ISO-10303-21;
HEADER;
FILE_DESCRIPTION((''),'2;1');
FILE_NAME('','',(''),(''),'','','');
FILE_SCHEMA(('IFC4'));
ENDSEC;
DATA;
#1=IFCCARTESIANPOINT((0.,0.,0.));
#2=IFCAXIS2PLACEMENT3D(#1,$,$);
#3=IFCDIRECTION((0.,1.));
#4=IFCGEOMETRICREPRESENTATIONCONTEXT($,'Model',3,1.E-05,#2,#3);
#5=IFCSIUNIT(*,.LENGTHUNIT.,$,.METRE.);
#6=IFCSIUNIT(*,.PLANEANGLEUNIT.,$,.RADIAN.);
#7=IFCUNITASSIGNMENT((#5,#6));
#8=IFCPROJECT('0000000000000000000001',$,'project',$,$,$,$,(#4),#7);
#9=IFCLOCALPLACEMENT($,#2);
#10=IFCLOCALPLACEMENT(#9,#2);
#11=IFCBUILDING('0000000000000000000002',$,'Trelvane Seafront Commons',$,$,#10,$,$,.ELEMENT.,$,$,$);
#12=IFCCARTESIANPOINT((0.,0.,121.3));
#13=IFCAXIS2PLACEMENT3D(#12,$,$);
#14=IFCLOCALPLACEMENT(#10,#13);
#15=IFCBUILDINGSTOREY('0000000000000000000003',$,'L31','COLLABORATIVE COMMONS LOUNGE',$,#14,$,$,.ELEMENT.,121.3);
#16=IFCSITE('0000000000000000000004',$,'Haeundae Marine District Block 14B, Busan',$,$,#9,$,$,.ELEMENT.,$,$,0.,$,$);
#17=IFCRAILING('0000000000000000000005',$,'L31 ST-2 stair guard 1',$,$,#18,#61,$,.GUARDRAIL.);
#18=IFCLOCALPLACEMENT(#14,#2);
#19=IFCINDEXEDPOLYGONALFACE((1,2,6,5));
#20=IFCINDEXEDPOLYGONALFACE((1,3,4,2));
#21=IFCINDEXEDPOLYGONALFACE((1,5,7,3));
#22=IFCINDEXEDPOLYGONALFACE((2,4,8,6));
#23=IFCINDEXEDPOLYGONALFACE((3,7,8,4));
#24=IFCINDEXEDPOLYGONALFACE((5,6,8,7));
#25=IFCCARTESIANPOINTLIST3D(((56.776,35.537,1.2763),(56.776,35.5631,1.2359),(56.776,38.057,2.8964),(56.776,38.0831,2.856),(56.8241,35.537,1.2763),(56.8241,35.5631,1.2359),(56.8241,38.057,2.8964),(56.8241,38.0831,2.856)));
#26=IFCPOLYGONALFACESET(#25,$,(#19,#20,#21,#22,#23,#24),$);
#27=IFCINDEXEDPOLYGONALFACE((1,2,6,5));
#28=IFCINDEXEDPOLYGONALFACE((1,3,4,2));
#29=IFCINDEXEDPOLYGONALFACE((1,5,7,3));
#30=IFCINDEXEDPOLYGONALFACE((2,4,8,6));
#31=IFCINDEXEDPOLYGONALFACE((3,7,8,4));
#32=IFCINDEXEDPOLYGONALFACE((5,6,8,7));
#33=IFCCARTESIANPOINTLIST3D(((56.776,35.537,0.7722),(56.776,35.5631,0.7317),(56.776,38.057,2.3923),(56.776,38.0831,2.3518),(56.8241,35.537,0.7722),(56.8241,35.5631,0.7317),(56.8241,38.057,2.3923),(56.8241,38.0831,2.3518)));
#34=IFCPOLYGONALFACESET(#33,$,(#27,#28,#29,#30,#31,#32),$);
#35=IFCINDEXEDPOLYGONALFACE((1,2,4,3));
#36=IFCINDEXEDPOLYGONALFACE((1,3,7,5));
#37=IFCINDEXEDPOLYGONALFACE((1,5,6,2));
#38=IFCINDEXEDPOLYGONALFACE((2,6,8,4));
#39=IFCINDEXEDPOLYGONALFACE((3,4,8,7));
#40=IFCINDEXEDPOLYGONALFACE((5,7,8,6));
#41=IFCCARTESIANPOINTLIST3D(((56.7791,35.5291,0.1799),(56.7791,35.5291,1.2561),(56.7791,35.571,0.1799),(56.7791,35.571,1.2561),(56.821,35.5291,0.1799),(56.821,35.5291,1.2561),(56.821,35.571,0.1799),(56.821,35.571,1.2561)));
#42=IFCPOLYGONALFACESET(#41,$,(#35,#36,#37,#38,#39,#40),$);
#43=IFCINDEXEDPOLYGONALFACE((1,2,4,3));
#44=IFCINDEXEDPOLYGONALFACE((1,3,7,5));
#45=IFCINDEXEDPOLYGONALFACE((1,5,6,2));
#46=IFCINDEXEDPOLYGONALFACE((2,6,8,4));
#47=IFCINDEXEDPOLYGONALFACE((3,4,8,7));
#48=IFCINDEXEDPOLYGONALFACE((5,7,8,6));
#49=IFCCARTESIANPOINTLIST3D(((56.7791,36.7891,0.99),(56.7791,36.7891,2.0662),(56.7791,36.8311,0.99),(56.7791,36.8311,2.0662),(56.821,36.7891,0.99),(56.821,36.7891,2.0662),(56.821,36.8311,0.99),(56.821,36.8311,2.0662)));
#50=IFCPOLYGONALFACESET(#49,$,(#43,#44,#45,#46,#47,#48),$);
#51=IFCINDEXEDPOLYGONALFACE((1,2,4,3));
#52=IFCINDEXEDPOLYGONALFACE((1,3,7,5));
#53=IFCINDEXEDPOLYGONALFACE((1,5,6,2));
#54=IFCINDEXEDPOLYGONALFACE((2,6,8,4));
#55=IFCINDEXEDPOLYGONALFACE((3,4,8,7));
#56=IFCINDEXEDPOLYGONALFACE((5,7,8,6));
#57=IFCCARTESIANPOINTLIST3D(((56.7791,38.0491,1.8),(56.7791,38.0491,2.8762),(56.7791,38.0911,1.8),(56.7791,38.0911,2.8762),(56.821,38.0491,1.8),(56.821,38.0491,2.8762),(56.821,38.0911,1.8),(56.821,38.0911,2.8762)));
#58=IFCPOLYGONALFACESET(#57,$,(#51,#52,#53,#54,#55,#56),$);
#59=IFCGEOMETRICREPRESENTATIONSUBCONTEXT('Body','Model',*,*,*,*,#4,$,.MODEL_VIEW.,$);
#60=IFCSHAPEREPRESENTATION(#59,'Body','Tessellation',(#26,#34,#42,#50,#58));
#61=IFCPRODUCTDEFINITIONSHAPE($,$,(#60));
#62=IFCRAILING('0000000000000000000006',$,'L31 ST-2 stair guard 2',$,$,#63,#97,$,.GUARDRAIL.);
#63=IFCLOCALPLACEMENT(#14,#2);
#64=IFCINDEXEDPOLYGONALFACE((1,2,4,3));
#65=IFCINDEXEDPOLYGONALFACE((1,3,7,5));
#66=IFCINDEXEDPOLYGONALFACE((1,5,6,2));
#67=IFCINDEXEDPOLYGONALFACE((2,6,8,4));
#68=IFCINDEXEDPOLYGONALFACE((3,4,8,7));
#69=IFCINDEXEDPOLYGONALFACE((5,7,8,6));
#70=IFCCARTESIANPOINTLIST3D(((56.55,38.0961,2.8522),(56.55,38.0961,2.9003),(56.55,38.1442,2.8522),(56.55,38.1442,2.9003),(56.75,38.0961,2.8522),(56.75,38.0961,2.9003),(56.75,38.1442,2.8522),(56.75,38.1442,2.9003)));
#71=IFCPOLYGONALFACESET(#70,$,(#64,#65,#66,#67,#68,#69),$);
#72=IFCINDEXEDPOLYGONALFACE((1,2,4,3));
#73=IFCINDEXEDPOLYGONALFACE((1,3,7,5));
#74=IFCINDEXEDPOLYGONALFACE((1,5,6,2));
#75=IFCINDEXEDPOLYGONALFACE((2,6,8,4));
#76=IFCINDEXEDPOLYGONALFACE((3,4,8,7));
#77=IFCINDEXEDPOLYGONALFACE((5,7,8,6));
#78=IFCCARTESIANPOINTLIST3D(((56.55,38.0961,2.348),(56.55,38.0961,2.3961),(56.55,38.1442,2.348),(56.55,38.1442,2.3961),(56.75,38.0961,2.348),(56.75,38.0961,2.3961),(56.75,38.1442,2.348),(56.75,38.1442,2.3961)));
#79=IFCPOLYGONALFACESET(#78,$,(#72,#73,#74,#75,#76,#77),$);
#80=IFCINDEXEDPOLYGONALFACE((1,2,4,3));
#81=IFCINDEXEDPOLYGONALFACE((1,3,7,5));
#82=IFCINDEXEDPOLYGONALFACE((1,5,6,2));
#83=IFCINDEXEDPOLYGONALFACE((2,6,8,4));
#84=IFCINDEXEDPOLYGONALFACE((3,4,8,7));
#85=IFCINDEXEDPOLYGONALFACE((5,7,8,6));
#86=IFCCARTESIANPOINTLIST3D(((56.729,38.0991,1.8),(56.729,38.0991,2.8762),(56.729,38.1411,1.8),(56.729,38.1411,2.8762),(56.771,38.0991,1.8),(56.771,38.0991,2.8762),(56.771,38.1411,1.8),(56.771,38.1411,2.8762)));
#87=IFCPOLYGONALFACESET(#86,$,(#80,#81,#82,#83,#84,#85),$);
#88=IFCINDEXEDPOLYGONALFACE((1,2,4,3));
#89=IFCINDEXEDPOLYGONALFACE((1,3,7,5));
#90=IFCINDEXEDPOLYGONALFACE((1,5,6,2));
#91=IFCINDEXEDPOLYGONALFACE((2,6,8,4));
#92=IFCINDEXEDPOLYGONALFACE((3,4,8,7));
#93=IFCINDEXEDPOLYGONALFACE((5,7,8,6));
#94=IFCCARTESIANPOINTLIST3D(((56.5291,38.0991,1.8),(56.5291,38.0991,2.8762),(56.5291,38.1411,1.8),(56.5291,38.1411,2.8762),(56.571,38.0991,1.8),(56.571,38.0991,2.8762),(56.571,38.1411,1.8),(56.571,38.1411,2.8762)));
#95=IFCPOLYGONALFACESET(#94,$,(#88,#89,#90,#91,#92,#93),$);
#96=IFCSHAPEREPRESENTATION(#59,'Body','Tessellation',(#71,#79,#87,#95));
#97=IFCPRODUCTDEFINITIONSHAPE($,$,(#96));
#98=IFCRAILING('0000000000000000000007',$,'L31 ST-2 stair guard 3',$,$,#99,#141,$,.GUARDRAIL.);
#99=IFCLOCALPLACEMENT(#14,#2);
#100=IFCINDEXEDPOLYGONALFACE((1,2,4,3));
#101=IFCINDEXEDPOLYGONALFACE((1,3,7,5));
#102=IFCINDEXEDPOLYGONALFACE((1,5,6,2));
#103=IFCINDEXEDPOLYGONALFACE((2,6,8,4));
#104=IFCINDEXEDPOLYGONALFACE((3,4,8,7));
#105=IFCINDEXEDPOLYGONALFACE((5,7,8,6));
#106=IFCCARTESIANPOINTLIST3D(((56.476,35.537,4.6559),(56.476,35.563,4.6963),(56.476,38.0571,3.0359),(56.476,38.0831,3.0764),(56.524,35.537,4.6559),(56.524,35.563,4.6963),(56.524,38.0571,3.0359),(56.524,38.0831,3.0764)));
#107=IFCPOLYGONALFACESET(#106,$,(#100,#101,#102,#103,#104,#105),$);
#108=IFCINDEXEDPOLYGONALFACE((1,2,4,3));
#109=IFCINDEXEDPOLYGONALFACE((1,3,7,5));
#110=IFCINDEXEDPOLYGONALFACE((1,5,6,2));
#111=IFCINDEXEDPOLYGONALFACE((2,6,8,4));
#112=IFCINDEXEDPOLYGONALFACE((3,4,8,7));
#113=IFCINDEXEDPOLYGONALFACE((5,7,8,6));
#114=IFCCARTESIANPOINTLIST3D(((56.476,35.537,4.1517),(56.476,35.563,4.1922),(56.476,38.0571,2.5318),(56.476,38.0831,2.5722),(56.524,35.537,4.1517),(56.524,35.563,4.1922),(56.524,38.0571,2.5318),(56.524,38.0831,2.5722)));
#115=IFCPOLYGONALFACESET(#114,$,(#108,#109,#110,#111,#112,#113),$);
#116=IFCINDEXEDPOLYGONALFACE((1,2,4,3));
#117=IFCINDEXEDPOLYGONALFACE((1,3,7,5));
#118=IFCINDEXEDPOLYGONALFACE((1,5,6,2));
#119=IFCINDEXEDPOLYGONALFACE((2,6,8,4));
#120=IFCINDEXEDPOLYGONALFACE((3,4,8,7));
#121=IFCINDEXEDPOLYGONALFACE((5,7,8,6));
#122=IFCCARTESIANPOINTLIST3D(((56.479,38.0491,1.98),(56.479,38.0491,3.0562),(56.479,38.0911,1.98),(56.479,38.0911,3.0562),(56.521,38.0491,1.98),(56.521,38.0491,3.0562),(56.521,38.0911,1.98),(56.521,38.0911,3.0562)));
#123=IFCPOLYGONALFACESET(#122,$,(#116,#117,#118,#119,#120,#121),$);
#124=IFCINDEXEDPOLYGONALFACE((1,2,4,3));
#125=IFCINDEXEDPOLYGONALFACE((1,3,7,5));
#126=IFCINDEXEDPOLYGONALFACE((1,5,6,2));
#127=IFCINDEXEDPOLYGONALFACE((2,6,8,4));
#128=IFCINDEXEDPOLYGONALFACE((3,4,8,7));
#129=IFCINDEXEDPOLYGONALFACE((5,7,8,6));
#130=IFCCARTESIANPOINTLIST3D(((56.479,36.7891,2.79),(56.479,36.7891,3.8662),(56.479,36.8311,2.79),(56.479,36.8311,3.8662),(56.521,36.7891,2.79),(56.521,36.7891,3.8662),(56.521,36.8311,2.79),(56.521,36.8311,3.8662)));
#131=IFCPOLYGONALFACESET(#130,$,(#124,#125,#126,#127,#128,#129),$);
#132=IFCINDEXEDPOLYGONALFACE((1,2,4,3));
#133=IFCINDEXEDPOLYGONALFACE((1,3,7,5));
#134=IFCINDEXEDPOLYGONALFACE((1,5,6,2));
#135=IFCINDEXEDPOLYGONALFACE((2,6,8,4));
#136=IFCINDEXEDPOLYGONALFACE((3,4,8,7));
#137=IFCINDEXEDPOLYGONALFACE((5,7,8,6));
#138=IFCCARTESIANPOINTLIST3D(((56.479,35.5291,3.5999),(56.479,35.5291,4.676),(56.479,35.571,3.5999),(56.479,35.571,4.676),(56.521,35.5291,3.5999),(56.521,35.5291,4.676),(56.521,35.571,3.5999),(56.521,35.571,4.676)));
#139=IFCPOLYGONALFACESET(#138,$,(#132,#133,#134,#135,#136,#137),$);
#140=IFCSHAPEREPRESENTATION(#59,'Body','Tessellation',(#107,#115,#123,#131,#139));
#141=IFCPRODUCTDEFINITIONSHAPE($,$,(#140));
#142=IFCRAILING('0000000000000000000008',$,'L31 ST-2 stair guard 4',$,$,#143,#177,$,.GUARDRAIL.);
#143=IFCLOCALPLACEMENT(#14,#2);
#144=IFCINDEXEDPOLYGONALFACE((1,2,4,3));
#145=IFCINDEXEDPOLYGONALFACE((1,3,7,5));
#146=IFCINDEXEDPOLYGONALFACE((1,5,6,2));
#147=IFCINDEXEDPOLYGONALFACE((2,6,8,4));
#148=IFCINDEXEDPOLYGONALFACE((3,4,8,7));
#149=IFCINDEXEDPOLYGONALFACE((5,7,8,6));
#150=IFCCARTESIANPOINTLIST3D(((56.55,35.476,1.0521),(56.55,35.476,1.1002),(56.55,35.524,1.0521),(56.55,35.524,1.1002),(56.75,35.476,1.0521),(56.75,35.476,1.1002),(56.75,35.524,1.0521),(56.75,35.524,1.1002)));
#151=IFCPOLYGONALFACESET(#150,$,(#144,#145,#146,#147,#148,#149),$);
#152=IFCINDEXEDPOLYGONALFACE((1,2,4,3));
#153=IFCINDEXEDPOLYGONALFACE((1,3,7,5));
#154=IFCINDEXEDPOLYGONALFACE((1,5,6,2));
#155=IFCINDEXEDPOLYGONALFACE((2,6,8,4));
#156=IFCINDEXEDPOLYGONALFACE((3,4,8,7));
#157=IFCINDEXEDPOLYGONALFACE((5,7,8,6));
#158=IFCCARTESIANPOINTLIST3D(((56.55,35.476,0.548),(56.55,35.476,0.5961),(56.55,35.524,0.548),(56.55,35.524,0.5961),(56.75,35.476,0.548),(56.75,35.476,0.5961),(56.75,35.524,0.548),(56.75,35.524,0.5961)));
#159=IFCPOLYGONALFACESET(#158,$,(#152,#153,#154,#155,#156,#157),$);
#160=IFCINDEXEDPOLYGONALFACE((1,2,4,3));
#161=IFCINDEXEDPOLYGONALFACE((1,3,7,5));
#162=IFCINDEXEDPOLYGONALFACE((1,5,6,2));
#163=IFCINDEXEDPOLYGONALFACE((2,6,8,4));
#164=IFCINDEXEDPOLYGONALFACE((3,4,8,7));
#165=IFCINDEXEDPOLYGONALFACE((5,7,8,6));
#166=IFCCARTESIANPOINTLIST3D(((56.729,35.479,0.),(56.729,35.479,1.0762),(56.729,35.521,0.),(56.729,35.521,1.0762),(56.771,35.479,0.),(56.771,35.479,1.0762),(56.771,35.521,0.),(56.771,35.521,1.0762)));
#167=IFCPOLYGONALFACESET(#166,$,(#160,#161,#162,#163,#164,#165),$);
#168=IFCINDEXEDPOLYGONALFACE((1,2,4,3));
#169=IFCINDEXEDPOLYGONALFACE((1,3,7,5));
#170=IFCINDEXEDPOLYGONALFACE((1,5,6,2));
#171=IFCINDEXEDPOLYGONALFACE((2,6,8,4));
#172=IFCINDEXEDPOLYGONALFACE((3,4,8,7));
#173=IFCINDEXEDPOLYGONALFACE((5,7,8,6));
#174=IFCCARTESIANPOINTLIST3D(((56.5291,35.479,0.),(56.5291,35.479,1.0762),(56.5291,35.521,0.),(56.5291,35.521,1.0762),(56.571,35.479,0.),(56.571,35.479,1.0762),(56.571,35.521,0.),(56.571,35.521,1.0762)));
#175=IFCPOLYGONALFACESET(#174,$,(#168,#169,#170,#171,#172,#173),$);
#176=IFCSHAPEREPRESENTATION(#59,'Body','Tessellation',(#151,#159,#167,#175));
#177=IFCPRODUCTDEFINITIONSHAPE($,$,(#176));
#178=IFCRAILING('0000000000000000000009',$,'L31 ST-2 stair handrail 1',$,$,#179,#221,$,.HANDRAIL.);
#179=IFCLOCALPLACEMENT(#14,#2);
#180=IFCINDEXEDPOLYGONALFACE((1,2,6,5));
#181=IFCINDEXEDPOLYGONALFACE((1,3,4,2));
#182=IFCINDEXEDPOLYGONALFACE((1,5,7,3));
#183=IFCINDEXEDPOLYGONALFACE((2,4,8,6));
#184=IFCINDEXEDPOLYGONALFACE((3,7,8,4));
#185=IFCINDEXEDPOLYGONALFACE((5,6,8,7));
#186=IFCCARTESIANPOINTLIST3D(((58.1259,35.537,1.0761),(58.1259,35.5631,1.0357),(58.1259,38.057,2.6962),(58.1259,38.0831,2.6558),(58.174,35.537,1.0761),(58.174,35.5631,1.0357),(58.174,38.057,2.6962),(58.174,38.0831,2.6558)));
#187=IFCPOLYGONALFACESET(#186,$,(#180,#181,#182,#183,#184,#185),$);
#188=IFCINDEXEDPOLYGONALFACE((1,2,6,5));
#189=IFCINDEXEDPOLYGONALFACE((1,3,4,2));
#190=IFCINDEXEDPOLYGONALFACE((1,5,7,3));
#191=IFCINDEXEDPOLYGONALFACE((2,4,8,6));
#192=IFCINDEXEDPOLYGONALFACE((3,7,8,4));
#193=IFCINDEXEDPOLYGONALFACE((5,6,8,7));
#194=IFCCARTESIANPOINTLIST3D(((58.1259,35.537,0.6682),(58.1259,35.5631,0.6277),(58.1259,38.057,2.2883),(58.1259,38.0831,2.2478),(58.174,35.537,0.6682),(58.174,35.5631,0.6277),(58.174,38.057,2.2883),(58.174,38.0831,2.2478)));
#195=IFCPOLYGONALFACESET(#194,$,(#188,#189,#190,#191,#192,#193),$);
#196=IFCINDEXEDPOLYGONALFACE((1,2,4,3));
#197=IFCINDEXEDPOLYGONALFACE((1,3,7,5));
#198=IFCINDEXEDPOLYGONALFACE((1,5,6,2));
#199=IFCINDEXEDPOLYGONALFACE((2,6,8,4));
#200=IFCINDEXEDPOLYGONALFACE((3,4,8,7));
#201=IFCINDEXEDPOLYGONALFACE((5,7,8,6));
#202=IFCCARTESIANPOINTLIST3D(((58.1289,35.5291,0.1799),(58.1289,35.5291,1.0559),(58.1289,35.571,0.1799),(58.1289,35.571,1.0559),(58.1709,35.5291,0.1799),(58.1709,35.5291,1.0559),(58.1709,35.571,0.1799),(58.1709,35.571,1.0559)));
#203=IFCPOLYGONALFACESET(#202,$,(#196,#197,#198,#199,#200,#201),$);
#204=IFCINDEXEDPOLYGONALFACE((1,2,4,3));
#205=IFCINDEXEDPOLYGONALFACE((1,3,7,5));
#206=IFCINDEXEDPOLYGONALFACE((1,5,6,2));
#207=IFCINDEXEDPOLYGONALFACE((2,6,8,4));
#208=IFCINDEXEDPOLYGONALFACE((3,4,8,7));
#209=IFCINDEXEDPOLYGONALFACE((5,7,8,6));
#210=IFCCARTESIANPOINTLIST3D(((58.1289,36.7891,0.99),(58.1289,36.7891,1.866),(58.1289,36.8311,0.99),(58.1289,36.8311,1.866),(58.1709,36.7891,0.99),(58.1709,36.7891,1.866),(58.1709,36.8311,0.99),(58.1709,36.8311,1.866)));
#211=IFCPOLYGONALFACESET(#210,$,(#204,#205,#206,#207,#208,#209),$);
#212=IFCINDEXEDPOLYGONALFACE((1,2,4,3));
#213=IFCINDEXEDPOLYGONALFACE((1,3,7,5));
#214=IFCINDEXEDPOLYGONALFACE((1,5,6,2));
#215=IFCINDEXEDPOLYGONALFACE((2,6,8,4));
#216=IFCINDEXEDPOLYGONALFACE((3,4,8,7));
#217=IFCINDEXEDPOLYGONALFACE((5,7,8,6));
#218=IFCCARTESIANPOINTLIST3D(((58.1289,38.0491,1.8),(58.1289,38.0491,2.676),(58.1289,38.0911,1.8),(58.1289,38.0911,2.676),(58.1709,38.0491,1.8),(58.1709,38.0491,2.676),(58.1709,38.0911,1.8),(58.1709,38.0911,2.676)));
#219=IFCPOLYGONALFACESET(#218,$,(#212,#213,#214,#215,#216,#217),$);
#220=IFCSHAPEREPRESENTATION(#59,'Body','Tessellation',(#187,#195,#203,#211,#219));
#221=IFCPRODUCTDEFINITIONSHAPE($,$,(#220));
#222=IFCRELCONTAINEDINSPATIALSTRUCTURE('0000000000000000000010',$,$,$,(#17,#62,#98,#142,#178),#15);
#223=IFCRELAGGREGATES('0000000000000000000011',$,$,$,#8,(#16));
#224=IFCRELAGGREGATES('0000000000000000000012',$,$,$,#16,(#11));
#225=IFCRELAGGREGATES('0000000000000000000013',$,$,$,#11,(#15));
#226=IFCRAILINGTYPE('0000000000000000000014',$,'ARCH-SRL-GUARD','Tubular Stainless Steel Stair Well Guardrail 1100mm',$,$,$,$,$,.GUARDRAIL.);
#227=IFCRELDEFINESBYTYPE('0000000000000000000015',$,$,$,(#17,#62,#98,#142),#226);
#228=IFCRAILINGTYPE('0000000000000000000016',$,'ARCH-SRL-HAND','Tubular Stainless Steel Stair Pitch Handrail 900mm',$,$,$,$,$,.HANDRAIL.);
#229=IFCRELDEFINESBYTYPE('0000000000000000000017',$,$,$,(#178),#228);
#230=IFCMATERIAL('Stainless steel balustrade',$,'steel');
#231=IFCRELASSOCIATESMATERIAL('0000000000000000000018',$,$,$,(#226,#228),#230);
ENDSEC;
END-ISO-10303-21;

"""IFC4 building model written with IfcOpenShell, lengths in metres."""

from ifc_helpers import new_model, si_unit, direction, frame, origin, origin_2d, place, context, subcontext, project, spatial, rectangle, extrude, material, type_object, element, save


model = new_model("IFC4")

# Units and contexts
model_context = context("Model", 3, precision=1e-05, world=origin(), true_north=direction((0.0, 1.0)))
body_context = subcontext(model_context, "Body", "Model", "MODEL_VIEW")
ifc_project = project(units=[si_unit("LENGTHUNIT", "METRE"), si_unit("PLANEANGLEUNIT", "RADIAN")], contexts=[model_context])

# Site, building, storey
site_placement = place(None, origin())
site = spatial("IfcSite", under=ifc_project, at=site_placement, Name="Haeundae Marine District Block 14B, Busan", CompositionType="ELEMENT", RefElevation=0.0)
building_placement = place(site_placement, origin())
building = spatial("IfcBuilding", under=site, at=building_placement, Name="Trelvane Seafront Commons", CompositionType="ELEMENT")
storey_placement = place(building_placement, frame((0.0, 0.0, 121.3)))
storey = spatial("IfcBuildingStorey", under=building, at=storey_placement, Name="L31", Description="COLLABORATIVE COMMONS LOUNGE", CompositionType="ELEMENT", Elevation=121.3)

# Railings
ifc_material_1 = material(Name="Stainless steel balustrade", Category="steel")
railing_type_1 = type_object("IfcRailingType", Name="ARCH-SRL-GUARD", Description="Tubular Stainless Steel Stair Well Guardrail 1100mm", PredefinedType="GUARDRAIL", material=ifc_material_1)
railing_1_placement = place(storey_placement, frame((56.8, 35.55, 0.1799)))
element("IfcRailing", 1, at=railing_1_placement, inside=storey, type_object=railing_type_1, Name="L31 ST-2 stair guard 1", PredefinedType="GUARDRAIL", context=body_context, shape_type="SweptSolid", body=[
    extrude(rectangle(XDim=0.0481, YDim=0.0481, at=origin_2d()), frame((0.0, 0.0, 1.0762), z_axis=(0.0, 0.841163, 0.540782), x_axis=(-1.0, 0.0, 0.0)), (0.0, 0.0, 1.0), 2.9958),
    extrude(rectangle(XDim=0.0481, YDim=0.0481, at=origin_2d()), frame((0.0, 0.0, 0.572), z_axis=(0.0, 0.841163, 0.540782), x_axis=(-1.0, 0.0, 0.0)), (0.0, 0.0, 1.0), 2.9958),
    extrude(rectangle(XDim=0.042, YDim=0.042, at=origin_2d()), origin(), (0.0, 0.0, 1.0), 1.0762),
    extrude(rectangle(XDim=0.042, YDim=0.042, at=origin_2d()), frame((0.0, 1.26, 0.8101)), (0.0, 0.0, 1.0), 1.0762),
    extrude(rectangle(XDim=0.042, YDim=0.042, at=origin_2d()), frame((0.0, 2.52, 1.6201)), (0.0, 0.0, 1.0), 1.0762),
])
railing_2_placement = place(storey_placement, frame((56.75, 38.1201, 1.8)))
element("IfcRailing", 2, at=railing_2_placement, inside=storey, type_object=railing_type_1, Name="L31 ST-2 stair guard 2", PredefinedType="GUARDRAIL", context=body_context, shape_type="SweptSolid", body=[
    extrude(rectangle(XDim=0.0481, YDim=0.0481, at=origin_2d()), frame((0.0, 0.0, 1.0762), z_axis=(-1.0, 0.0, 0.0), x_axis=(0.0, -1.0, 0.0)), (0.0, 0.0, 1.0), 0.2),
    extrude(rectangle(XDim=0.0481, YDim=0.0481, at=origin_2d()), frame((0.0, 0.0, 0.572), z_axis=(-1.0, 0.0, 0.0), x_axis=(0.0, -1.0, 0.0)), (0.0, 0.0, 1.0), 0.2),
    extrude(rectangle(XDim=0.042, YDim=0.042, at=origin_2d()), origin(), (0.0, 0.0, 1.0), 1.0762),
    extrude(rectangle(XDim=0.042, YDim=0.042, at=origin_2d()), frame((-0.2, 0.0, 0.0)), (0.0, 0.0, 1.0), 1.0762),
])
railing_3_placement = place(storey_placement, frame((56.5, 38.0701, 1.98)))
element("IfcRailing", 3, at=railing_3_placement, inside=storey, type_object=railing_type_1, Name="L31 ST-2 stair guard 3", PredefinedType="GUARDRAIL", context=body_context, shape_type="SweptSolid", body=[
    extrude(rectangle(XDim=0.0481, YDim=0.0481, at=origin_2d()), frame((0.0, 0.0, 1.0762), z_axis=(0.0, -0.8412, 0.540725), x_axis=(1.0, 0.0, 0.0)), (0.0, 0.0, 1.0), 2.9958),
    extrude(rectangle(XDim=0.0481, YDim=0.0481, at=origin_2d()), frame((0.0, 0.0, 0.572), z_axis=(0.0, -0.8412, 0.540725), x_axis=(1.0, 0.0, 0.0)), (0.0, 0.0, 1.0), 2.9958),
    extrude(rectangle(XDim=0.042, YDim=0.042, at=origin_2d()), origin(), (0.0, 0.0, 1.0), 1.0762),
    extrude(rectangle(XDim=0.042, YDim=0.042, at=origin_2d()), frame((0.0, -1.26, 0.8101)), (0.0, 0.0, 1.0), 1.0762),
    extrude(rectangle(XDim=0.042, YDim=0.042, at=origin_2d()), frame((0.0, -2.52, 1.6199)), (0.0, 0.0, 1.0), 1.0762),
])
railing_4_placement = place(storey_placement, frame((56.75, 35.5, 0.0)))
element("IfcRailing", 4, at=railing_4_placement, inside=storey, type_object=railing_type_1, Name="L31 ST-2 stair guard 4", PredefinedType="GUARDRAIL", context=body_context, shape_type="SweptSolid", body=[
    extrude(rectangle(XDim=0.0481, YDim=0.0481, at=origin_2d()), frame((0.0, 0.0, 1.0762), z_axis=(-1.0, 0.0, 0.0), x_axis=(0.0, -1.0, 0.0)), (0.0, 0.0, 1.0), 0.2),
    extrude(rectangle(XDim=0.0481, YDim=0.0481, at=origin_2d()), frame((0.0, 0.0, 0.572), z_axis=(-1.0, 0.0, 0.0), x_axis=(0.0, -1.0, 0.0)), (0.0, 0.0, 1.0), 0.2),
    extrude(rectangle(XDim=0.042, YDim=0.042, at=origin_2d()), origin(), (0.0, 0.0, 1.0), 1.0762),
    extrude(rectangle(XDim=0.042, YDim=0.042, at=origin_2d()), frame((-0.2, 0.0, 0.0)), (0.0, 0.0, 1.0), 1.0762),
])
railing_type_2 = type_object("IfcRailingType", Name="ARCH-SRL-HAND", Description="Tubular Stainless Steel Stair Pitch Handrail 900mm", PredefinedType="HANDRAIL", material=ifc_material_1)
railing_5_placement = place(storey_placement, frame((58.1499, 35.55, 0.1799)))
element("IfcRailing", 5, at=railing_5_placement, inside=storey, type_object=railing_type_2, Name="L31 ST-2 stair handrail 1", PredefinedType="HANDRAIL", context=body_context, shape_type="SweptSolid", body=[
    extrude(rectangle(XDim=0.0481, YDim=0.0481, at=origin_2d()), frame((0.0, 0.0, 0.876), z_axis=(0.0, 0.841163, 0.540782), x_axis=(-1.0, 0.0, 0.0)), (0.0, 0.0, 1.0), 2.9958),
    extrude(rectangle(XDim=0.0481, YDim=0.0481, at=origin_2d()), frame((0.0, 0.0, 0.468), z_axis=(0.0, 0.841163, 0.540782), x_axis=(-1.0, 0.0, 0.0)), (0.0, 0.0, 1.0), 2.9958),
    extrude(rectangle(XDim=0.042, YDim=0.042, at=origin_2d()), origin(), (0.0, 0.0, 1.0), 0.876),
    extrude(rectangle(XDim=0.042, YDim=0.042, at=origin_2d()), frame((0.0, 1.26, 0.8101)), (0.0, 0.0, 1.0), 0.876),
    extrude(rectangle(XDim=0.042, YDim=0.042, at=origin_2d()), frame((0.0, 2.52, 1.6201)), (0.0, 0.0, 1.0), 0.876),
])

save(model, "model.ifc")
